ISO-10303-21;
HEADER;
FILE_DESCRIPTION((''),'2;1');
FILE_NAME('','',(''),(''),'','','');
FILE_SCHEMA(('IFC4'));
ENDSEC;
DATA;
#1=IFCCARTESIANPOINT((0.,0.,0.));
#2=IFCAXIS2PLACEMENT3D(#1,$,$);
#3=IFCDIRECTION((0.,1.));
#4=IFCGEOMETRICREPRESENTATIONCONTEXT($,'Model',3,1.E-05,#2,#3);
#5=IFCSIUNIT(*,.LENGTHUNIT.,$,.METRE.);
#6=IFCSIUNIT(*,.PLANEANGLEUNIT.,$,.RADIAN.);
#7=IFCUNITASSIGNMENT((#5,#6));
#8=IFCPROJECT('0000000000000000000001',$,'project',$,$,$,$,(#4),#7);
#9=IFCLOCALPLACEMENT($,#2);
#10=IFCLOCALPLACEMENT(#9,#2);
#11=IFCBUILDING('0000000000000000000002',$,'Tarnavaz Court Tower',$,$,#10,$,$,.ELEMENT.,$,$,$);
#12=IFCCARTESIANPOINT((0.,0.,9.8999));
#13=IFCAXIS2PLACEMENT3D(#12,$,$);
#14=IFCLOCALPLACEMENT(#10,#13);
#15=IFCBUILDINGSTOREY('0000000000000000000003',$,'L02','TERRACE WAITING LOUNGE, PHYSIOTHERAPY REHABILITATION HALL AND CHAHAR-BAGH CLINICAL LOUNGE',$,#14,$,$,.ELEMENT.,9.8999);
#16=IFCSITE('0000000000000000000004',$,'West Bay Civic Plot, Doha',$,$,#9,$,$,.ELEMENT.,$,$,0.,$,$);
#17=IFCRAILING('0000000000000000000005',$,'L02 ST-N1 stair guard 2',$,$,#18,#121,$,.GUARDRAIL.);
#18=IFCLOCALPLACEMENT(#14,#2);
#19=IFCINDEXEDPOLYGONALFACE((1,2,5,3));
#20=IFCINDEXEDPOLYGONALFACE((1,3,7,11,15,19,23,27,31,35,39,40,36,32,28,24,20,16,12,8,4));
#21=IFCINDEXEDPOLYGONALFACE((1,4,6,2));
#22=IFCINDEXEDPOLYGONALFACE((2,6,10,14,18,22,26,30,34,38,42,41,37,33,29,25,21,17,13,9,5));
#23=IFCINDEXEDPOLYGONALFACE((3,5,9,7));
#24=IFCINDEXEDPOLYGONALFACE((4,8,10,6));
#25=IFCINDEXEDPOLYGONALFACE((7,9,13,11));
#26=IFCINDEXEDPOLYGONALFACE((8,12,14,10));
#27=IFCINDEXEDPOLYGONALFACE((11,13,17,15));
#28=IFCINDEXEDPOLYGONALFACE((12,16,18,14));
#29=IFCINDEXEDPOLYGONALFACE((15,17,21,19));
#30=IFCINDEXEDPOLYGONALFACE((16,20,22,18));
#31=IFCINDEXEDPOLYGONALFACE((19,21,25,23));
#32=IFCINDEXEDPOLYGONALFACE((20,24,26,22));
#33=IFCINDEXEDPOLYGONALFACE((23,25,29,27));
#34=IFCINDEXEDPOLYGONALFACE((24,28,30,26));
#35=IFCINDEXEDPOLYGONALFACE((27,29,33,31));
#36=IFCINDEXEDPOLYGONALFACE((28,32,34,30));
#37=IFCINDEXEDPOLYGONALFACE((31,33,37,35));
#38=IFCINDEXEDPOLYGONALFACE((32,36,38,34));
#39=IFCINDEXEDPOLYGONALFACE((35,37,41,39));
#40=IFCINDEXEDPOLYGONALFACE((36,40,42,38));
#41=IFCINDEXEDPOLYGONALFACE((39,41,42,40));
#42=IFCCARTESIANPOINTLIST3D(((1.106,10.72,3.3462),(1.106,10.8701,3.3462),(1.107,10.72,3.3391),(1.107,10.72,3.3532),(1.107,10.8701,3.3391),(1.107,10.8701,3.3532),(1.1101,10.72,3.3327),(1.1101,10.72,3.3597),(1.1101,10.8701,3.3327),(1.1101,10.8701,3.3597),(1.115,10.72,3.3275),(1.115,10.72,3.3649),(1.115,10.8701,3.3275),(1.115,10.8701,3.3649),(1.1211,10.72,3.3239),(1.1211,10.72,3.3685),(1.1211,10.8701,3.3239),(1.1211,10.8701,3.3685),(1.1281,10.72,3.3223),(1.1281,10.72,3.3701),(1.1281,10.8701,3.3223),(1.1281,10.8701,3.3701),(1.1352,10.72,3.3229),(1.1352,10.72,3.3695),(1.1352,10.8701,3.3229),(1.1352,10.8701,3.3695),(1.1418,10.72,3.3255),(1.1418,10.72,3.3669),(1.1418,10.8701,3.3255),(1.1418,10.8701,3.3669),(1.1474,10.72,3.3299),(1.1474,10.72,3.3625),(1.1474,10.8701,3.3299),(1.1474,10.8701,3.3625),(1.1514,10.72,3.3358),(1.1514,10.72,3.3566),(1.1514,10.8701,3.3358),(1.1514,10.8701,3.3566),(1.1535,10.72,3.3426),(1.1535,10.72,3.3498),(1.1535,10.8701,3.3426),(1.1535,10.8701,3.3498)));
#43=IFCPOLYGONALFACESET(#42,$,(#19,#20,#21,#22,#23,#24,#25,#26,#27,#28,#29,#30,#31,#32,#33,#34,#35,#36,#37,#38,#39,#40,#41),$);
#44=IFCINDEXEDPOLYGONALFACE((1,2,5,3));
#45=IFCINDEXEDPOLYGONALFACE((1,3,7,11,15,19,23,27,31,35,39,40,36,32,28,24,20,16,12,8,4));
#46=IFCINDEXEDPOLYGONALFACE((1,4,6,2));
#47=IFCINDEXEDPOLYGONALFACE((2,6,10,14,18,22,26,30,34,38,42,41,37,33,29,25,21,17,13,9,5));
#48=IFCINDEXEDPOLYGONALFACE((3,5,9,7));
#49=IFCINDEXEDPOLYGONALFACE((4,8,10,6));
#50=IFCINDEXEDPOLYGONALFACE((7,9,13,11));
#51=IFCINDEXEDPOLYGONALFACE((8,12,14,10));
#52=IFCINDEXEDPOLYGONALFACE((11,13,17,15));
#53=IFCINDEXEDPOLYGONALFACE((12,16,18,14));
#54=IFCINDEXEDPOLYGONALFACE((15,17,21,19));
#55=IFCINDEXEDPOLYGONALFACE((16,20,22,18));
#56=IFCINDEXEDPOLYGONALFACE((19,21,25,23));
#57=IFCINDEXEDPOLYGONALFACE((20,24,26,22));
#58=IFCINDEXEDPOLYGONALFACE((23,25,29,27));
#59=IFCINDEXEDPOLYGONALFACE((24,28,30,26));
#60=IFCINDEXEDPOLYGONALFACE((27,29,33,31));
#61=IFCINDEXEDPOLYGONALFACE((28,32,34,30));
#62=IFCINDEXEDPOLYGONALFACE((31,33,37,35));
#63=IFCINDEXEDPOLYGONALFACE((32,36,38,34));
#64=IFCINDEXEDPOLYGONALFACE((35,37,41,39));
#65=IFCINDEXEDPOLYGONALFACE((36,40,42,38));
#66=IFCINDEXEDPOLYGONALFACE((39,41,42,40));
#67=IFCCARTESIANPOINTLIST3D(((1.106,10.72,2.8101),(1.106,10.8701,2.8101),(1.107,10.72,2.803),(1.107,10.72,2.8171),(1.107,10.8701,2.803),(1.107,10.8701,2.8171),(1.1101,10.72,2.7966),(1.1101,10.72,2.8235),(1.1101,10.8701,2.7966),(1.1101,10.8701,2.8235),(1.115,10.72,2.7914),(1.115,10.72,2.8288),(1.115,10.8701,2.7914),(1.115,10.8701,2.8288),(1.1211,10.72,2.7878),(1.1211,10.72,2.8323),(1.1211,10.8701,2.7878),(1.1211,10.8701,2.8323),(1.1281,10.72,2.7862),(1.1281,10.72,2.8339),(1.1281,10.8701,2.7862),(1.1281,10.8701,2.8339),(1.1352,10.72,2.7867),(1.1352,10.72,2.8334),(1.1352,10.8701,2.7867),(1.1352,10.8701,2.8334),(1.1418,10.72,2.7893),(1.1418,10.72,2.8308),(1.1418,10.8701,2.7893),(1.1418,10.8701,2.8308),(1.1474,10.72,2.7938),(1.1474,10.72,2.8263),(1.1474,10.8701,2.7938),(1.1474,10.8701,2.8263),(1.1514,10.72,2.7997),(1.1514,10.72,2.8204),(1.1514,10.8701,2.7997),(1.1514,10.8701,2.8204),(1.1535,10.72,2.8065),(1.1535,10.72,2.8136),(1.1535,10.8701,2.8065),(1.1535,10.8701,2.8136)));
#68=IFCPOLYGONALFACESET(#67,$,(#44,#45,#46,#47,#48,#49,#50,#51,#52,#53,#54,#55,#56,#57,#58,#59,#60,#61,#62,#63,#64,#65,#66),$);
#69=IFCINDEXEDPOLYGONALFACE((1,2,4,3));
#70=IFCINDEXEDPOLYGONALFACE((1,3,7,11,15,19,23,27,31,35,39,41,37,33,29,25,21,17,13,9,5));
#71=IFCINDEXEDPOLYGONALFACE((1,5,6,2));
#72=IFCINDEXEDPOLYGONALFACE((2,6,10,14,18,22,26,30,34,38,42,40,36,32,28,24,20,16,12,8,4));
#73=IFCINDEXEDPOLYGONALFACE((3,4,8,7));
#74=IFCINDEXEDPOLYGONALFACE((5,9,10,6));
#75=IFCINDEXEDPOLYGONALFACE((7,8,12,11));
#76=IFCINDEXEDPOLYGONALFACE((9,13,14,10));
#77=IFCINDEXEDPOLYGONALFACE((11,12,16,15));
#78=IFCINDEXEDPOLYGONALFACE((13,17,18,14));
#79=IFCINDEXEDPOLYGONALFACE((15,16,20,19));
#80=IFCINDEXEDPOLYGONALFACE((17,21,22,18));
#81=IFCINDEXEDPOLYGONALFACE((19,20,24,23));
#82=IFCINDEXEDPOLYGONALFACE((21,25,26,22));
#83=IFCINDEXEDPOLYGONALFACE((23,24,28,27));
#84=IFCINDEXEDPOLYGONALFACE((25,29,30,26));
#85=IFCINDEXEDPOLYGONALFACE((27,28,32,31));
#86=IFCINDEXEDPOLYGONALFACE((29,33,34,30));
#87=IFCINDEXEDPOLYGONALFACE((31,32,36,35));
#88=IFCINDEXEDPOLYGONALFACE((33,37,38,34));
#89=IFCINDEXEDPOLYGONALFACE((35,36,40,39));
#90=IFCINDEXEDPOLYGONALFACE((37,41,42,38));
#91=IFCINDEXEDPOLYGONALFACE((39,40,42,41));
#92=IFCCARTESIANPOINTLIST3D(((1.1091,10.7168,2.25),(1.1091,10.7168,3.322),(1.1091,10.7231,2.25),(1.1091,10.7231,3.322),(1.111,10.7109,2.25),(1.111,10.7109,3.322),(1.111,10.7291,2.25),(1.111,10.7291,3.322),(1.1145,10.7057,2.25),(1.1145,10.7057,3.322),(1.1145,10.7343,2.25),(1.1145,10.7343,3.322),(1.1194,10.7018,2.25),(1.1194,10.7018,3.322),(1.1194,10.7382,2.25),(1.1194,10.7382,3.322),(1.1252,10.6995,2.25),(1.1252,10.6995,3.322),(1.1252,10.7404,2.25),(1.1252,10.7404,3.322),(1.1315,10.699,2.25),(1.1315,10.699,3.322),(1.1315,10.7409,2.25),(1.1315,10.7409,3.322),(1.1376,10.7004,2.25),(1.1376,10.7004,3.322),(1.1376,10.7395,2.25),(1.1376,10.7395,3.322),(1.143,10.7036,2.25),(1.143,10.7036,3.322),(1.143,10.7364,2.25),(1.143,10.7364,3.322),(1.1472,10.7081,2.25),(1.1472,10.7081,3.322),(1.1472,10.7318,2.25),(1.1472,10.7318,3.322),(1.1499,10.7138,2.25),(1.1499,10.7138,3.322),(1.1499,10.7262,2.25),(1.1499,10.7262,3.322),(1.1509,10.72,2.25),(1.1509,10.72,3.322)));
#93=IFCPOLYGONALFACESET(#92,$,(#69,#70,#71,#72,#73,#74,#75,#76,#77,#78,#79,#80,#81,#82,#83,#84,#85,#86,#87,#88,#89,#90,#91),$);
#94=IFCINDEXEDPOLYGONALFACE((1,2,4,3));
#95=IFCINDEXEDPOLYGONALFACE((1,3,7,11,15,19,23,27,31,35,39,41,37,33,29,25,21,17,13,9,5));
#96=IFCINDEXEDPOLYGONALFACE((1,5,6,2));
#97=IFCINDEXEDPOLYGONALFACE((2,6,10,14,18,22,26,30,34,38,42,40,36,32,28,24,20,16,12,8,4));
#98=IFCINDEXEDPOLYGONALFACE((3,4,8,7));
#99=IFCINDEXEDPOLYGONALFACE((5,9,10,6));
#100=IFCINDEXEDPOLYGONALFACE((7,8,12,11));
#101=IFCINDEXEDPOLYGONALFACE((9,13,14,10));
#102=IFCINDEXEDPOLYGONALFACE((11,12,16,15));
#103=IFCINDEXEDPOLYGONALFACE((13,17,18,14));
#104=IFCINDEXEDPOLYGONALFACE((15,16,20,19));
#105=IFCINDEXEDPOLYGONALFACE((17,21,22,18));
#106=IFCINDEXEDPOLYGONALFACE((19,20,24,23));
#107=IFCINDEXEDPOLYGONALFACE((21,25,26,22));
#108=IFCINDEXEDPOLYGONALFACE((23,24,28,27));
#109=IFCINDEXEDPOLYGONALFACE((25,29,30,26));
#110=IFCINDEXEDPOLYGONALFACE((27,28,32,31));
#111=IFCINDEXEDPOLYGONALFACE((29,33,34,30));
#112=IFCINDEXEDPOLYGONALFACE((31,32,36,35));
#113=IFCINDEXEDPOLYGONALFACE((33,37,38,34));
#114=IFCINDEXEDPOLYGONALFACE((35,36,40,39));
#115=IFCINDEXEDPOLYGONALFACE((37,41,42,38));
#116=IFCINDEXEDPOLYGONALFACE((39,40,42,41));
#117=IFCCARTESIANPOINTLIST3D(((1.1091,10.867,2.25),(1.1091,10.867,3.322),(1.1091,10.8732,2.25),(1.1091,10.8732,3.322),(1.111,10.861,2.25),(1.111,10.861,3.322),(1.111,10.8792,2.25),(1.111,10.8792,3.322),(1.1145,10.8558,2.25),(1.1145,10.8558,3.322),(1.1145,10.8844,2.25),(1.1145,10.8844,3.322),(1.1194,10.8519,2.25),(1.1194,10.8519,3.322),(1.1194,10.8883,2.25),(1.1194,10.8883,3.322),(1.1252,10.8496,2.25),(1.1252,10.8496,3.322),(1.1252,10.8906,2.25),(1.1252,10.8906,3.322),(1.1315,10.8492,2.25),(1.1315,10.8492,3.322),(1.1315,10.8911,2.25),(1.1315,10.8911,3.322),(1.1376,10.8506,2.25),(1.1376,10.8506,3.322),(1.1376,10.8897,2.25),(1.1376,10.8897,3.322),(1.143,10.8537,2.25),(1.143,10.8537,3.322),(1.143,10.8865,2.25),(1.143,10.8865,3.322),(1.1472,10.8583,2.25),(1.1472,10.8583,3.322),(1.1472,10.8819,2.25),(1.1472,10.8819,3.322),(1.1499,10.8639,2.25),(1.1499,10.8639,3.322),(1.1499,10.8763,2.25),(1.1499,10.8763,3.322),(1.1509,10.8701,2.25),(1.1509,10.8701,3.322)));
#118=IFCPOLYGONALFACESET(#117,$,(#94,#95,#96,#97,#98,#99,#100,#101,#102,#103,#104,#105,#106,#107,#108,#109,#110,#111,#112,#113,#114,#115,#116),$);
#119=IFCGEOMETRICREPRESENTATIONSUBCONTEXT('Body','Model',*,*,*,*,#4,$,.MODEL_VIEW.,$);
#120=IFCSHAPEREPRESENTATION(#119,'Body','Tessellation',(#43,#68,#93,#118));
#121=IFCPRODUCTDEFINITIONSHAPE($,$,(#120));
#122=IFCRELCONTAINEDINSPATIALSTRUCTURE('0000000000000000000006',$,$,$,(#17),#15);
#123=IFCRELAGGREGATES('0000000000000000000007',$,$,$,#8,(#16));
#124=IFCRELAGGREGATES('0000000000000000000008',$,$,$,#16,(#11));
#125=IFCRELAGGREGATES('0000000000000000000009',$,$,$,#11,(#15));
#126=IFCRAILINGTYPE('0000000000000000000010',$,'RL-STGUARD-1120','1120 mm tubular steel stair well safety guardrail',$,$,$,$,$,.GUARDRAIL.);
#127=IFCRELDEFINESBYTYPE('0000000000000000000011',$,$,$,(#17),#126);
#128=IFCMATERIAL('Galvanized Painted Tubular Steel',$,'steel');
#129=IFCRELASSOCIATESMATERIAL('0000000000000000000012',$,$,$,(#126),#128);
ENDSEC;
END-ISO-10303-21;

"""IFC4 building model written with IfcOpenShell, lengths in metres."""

from ifc_helpers import new_model, si_unit, direction, frame, origin, origin_2d, place, context, subcontext, project, spatial, circle, extrude, material, type_object, element, save


model = new_model("IFC4")

# Units and contexts
model_context = context("Model", 3, precision=1e-05, world=origin(), true_north=direction((0.0, 1.0)))
body_context = subcontext(model_context, "Body", "Model", "MODEL_VIEW")
ifc_project = project(units=[si_unit("LENGTHUNIT", "METRE"), si_unit("PLANEANGLEUNIT", "RADIAN")], contexts=[model_context])

# Site, building, storey
site_placement = place(None, origin())
site = spatial("IfcSite", under=ifc_project, at=site_placement, Name="West Bay Civic Plot, Doha", CompositionType="ELEMENT", RefElevation=0.0)
building_placement = place(site_placement, origin())
building = spatial("IfcBuilding", under=site, at=building_placement, Name="Tarnavaz Court Tower", CompositionType="ELEMENT")
storey_placement = place(building_placement, frame((0.0, 0.0, 9.8999)))
storey = spatial("IfcBuildingStorey", under=building, at=storey_placement, Name="L02", Description="TERRACE WAITING LOUNGE, PHYSIOTHERAPY REHABILITATION HALL AND CHAHAR-BAGH CLINICAL LOUNGE", CompositionType="ELEMENT", Elevation=9.8999)

# Railing
ifc_material_1 = material(Name="Galvanized Painted Tubular Steel", Category="steel")
railing_type_1 = type_object("IfcRailingType", Name="RL-STGUARD-1120", Description="1120 mm tubular steel stair well safety guardrail", PredefinedType="GUARDRAIL", material=ifc_material_1)
railing_1_placement = place(storey_placement, frame((1.1299, 10.72, 2.25)))
element("IfcRailing", 1, at=railing_1_placement, inside=storey, type_object=railing_type_1, Name="L02 ST-N1 stair guard 2", PredefinedType="GUARDRAIL", context=body_context, shape_type="SweptSolid", body=[
    extrude(circle(Radius=0.0239, at=origin_2d()), frame((0.0, 0.0, 1.0962), z_axis=(0.0, 1.0, 0.0), x_axis=(-1.0, 0.0, 0.0)), (0.0, 0.0, 1.0), 0.1501),
    extrude(circle(Radius=0.0239, at=origin_2d()), frame((0.0, 0.0, 0.5601), z_axis=(0.0, 1.0, 0.0), x_axis=(-1.0, 0.0, 0.0)), (0.0, 0.0, 1.0), 0.1501),
    extrude(circle(Radius=0.021, at=origin_2d()), origin(), (0.0, 0.0, 1.0), 1.072),
    extrude(circle(Radius=0.021, at=origin_2d()), frame((0.0, 0.1501, 0.0)), (0.0, 0.0, 1.0), 1.072),
])

save(model, "model.ifc")
